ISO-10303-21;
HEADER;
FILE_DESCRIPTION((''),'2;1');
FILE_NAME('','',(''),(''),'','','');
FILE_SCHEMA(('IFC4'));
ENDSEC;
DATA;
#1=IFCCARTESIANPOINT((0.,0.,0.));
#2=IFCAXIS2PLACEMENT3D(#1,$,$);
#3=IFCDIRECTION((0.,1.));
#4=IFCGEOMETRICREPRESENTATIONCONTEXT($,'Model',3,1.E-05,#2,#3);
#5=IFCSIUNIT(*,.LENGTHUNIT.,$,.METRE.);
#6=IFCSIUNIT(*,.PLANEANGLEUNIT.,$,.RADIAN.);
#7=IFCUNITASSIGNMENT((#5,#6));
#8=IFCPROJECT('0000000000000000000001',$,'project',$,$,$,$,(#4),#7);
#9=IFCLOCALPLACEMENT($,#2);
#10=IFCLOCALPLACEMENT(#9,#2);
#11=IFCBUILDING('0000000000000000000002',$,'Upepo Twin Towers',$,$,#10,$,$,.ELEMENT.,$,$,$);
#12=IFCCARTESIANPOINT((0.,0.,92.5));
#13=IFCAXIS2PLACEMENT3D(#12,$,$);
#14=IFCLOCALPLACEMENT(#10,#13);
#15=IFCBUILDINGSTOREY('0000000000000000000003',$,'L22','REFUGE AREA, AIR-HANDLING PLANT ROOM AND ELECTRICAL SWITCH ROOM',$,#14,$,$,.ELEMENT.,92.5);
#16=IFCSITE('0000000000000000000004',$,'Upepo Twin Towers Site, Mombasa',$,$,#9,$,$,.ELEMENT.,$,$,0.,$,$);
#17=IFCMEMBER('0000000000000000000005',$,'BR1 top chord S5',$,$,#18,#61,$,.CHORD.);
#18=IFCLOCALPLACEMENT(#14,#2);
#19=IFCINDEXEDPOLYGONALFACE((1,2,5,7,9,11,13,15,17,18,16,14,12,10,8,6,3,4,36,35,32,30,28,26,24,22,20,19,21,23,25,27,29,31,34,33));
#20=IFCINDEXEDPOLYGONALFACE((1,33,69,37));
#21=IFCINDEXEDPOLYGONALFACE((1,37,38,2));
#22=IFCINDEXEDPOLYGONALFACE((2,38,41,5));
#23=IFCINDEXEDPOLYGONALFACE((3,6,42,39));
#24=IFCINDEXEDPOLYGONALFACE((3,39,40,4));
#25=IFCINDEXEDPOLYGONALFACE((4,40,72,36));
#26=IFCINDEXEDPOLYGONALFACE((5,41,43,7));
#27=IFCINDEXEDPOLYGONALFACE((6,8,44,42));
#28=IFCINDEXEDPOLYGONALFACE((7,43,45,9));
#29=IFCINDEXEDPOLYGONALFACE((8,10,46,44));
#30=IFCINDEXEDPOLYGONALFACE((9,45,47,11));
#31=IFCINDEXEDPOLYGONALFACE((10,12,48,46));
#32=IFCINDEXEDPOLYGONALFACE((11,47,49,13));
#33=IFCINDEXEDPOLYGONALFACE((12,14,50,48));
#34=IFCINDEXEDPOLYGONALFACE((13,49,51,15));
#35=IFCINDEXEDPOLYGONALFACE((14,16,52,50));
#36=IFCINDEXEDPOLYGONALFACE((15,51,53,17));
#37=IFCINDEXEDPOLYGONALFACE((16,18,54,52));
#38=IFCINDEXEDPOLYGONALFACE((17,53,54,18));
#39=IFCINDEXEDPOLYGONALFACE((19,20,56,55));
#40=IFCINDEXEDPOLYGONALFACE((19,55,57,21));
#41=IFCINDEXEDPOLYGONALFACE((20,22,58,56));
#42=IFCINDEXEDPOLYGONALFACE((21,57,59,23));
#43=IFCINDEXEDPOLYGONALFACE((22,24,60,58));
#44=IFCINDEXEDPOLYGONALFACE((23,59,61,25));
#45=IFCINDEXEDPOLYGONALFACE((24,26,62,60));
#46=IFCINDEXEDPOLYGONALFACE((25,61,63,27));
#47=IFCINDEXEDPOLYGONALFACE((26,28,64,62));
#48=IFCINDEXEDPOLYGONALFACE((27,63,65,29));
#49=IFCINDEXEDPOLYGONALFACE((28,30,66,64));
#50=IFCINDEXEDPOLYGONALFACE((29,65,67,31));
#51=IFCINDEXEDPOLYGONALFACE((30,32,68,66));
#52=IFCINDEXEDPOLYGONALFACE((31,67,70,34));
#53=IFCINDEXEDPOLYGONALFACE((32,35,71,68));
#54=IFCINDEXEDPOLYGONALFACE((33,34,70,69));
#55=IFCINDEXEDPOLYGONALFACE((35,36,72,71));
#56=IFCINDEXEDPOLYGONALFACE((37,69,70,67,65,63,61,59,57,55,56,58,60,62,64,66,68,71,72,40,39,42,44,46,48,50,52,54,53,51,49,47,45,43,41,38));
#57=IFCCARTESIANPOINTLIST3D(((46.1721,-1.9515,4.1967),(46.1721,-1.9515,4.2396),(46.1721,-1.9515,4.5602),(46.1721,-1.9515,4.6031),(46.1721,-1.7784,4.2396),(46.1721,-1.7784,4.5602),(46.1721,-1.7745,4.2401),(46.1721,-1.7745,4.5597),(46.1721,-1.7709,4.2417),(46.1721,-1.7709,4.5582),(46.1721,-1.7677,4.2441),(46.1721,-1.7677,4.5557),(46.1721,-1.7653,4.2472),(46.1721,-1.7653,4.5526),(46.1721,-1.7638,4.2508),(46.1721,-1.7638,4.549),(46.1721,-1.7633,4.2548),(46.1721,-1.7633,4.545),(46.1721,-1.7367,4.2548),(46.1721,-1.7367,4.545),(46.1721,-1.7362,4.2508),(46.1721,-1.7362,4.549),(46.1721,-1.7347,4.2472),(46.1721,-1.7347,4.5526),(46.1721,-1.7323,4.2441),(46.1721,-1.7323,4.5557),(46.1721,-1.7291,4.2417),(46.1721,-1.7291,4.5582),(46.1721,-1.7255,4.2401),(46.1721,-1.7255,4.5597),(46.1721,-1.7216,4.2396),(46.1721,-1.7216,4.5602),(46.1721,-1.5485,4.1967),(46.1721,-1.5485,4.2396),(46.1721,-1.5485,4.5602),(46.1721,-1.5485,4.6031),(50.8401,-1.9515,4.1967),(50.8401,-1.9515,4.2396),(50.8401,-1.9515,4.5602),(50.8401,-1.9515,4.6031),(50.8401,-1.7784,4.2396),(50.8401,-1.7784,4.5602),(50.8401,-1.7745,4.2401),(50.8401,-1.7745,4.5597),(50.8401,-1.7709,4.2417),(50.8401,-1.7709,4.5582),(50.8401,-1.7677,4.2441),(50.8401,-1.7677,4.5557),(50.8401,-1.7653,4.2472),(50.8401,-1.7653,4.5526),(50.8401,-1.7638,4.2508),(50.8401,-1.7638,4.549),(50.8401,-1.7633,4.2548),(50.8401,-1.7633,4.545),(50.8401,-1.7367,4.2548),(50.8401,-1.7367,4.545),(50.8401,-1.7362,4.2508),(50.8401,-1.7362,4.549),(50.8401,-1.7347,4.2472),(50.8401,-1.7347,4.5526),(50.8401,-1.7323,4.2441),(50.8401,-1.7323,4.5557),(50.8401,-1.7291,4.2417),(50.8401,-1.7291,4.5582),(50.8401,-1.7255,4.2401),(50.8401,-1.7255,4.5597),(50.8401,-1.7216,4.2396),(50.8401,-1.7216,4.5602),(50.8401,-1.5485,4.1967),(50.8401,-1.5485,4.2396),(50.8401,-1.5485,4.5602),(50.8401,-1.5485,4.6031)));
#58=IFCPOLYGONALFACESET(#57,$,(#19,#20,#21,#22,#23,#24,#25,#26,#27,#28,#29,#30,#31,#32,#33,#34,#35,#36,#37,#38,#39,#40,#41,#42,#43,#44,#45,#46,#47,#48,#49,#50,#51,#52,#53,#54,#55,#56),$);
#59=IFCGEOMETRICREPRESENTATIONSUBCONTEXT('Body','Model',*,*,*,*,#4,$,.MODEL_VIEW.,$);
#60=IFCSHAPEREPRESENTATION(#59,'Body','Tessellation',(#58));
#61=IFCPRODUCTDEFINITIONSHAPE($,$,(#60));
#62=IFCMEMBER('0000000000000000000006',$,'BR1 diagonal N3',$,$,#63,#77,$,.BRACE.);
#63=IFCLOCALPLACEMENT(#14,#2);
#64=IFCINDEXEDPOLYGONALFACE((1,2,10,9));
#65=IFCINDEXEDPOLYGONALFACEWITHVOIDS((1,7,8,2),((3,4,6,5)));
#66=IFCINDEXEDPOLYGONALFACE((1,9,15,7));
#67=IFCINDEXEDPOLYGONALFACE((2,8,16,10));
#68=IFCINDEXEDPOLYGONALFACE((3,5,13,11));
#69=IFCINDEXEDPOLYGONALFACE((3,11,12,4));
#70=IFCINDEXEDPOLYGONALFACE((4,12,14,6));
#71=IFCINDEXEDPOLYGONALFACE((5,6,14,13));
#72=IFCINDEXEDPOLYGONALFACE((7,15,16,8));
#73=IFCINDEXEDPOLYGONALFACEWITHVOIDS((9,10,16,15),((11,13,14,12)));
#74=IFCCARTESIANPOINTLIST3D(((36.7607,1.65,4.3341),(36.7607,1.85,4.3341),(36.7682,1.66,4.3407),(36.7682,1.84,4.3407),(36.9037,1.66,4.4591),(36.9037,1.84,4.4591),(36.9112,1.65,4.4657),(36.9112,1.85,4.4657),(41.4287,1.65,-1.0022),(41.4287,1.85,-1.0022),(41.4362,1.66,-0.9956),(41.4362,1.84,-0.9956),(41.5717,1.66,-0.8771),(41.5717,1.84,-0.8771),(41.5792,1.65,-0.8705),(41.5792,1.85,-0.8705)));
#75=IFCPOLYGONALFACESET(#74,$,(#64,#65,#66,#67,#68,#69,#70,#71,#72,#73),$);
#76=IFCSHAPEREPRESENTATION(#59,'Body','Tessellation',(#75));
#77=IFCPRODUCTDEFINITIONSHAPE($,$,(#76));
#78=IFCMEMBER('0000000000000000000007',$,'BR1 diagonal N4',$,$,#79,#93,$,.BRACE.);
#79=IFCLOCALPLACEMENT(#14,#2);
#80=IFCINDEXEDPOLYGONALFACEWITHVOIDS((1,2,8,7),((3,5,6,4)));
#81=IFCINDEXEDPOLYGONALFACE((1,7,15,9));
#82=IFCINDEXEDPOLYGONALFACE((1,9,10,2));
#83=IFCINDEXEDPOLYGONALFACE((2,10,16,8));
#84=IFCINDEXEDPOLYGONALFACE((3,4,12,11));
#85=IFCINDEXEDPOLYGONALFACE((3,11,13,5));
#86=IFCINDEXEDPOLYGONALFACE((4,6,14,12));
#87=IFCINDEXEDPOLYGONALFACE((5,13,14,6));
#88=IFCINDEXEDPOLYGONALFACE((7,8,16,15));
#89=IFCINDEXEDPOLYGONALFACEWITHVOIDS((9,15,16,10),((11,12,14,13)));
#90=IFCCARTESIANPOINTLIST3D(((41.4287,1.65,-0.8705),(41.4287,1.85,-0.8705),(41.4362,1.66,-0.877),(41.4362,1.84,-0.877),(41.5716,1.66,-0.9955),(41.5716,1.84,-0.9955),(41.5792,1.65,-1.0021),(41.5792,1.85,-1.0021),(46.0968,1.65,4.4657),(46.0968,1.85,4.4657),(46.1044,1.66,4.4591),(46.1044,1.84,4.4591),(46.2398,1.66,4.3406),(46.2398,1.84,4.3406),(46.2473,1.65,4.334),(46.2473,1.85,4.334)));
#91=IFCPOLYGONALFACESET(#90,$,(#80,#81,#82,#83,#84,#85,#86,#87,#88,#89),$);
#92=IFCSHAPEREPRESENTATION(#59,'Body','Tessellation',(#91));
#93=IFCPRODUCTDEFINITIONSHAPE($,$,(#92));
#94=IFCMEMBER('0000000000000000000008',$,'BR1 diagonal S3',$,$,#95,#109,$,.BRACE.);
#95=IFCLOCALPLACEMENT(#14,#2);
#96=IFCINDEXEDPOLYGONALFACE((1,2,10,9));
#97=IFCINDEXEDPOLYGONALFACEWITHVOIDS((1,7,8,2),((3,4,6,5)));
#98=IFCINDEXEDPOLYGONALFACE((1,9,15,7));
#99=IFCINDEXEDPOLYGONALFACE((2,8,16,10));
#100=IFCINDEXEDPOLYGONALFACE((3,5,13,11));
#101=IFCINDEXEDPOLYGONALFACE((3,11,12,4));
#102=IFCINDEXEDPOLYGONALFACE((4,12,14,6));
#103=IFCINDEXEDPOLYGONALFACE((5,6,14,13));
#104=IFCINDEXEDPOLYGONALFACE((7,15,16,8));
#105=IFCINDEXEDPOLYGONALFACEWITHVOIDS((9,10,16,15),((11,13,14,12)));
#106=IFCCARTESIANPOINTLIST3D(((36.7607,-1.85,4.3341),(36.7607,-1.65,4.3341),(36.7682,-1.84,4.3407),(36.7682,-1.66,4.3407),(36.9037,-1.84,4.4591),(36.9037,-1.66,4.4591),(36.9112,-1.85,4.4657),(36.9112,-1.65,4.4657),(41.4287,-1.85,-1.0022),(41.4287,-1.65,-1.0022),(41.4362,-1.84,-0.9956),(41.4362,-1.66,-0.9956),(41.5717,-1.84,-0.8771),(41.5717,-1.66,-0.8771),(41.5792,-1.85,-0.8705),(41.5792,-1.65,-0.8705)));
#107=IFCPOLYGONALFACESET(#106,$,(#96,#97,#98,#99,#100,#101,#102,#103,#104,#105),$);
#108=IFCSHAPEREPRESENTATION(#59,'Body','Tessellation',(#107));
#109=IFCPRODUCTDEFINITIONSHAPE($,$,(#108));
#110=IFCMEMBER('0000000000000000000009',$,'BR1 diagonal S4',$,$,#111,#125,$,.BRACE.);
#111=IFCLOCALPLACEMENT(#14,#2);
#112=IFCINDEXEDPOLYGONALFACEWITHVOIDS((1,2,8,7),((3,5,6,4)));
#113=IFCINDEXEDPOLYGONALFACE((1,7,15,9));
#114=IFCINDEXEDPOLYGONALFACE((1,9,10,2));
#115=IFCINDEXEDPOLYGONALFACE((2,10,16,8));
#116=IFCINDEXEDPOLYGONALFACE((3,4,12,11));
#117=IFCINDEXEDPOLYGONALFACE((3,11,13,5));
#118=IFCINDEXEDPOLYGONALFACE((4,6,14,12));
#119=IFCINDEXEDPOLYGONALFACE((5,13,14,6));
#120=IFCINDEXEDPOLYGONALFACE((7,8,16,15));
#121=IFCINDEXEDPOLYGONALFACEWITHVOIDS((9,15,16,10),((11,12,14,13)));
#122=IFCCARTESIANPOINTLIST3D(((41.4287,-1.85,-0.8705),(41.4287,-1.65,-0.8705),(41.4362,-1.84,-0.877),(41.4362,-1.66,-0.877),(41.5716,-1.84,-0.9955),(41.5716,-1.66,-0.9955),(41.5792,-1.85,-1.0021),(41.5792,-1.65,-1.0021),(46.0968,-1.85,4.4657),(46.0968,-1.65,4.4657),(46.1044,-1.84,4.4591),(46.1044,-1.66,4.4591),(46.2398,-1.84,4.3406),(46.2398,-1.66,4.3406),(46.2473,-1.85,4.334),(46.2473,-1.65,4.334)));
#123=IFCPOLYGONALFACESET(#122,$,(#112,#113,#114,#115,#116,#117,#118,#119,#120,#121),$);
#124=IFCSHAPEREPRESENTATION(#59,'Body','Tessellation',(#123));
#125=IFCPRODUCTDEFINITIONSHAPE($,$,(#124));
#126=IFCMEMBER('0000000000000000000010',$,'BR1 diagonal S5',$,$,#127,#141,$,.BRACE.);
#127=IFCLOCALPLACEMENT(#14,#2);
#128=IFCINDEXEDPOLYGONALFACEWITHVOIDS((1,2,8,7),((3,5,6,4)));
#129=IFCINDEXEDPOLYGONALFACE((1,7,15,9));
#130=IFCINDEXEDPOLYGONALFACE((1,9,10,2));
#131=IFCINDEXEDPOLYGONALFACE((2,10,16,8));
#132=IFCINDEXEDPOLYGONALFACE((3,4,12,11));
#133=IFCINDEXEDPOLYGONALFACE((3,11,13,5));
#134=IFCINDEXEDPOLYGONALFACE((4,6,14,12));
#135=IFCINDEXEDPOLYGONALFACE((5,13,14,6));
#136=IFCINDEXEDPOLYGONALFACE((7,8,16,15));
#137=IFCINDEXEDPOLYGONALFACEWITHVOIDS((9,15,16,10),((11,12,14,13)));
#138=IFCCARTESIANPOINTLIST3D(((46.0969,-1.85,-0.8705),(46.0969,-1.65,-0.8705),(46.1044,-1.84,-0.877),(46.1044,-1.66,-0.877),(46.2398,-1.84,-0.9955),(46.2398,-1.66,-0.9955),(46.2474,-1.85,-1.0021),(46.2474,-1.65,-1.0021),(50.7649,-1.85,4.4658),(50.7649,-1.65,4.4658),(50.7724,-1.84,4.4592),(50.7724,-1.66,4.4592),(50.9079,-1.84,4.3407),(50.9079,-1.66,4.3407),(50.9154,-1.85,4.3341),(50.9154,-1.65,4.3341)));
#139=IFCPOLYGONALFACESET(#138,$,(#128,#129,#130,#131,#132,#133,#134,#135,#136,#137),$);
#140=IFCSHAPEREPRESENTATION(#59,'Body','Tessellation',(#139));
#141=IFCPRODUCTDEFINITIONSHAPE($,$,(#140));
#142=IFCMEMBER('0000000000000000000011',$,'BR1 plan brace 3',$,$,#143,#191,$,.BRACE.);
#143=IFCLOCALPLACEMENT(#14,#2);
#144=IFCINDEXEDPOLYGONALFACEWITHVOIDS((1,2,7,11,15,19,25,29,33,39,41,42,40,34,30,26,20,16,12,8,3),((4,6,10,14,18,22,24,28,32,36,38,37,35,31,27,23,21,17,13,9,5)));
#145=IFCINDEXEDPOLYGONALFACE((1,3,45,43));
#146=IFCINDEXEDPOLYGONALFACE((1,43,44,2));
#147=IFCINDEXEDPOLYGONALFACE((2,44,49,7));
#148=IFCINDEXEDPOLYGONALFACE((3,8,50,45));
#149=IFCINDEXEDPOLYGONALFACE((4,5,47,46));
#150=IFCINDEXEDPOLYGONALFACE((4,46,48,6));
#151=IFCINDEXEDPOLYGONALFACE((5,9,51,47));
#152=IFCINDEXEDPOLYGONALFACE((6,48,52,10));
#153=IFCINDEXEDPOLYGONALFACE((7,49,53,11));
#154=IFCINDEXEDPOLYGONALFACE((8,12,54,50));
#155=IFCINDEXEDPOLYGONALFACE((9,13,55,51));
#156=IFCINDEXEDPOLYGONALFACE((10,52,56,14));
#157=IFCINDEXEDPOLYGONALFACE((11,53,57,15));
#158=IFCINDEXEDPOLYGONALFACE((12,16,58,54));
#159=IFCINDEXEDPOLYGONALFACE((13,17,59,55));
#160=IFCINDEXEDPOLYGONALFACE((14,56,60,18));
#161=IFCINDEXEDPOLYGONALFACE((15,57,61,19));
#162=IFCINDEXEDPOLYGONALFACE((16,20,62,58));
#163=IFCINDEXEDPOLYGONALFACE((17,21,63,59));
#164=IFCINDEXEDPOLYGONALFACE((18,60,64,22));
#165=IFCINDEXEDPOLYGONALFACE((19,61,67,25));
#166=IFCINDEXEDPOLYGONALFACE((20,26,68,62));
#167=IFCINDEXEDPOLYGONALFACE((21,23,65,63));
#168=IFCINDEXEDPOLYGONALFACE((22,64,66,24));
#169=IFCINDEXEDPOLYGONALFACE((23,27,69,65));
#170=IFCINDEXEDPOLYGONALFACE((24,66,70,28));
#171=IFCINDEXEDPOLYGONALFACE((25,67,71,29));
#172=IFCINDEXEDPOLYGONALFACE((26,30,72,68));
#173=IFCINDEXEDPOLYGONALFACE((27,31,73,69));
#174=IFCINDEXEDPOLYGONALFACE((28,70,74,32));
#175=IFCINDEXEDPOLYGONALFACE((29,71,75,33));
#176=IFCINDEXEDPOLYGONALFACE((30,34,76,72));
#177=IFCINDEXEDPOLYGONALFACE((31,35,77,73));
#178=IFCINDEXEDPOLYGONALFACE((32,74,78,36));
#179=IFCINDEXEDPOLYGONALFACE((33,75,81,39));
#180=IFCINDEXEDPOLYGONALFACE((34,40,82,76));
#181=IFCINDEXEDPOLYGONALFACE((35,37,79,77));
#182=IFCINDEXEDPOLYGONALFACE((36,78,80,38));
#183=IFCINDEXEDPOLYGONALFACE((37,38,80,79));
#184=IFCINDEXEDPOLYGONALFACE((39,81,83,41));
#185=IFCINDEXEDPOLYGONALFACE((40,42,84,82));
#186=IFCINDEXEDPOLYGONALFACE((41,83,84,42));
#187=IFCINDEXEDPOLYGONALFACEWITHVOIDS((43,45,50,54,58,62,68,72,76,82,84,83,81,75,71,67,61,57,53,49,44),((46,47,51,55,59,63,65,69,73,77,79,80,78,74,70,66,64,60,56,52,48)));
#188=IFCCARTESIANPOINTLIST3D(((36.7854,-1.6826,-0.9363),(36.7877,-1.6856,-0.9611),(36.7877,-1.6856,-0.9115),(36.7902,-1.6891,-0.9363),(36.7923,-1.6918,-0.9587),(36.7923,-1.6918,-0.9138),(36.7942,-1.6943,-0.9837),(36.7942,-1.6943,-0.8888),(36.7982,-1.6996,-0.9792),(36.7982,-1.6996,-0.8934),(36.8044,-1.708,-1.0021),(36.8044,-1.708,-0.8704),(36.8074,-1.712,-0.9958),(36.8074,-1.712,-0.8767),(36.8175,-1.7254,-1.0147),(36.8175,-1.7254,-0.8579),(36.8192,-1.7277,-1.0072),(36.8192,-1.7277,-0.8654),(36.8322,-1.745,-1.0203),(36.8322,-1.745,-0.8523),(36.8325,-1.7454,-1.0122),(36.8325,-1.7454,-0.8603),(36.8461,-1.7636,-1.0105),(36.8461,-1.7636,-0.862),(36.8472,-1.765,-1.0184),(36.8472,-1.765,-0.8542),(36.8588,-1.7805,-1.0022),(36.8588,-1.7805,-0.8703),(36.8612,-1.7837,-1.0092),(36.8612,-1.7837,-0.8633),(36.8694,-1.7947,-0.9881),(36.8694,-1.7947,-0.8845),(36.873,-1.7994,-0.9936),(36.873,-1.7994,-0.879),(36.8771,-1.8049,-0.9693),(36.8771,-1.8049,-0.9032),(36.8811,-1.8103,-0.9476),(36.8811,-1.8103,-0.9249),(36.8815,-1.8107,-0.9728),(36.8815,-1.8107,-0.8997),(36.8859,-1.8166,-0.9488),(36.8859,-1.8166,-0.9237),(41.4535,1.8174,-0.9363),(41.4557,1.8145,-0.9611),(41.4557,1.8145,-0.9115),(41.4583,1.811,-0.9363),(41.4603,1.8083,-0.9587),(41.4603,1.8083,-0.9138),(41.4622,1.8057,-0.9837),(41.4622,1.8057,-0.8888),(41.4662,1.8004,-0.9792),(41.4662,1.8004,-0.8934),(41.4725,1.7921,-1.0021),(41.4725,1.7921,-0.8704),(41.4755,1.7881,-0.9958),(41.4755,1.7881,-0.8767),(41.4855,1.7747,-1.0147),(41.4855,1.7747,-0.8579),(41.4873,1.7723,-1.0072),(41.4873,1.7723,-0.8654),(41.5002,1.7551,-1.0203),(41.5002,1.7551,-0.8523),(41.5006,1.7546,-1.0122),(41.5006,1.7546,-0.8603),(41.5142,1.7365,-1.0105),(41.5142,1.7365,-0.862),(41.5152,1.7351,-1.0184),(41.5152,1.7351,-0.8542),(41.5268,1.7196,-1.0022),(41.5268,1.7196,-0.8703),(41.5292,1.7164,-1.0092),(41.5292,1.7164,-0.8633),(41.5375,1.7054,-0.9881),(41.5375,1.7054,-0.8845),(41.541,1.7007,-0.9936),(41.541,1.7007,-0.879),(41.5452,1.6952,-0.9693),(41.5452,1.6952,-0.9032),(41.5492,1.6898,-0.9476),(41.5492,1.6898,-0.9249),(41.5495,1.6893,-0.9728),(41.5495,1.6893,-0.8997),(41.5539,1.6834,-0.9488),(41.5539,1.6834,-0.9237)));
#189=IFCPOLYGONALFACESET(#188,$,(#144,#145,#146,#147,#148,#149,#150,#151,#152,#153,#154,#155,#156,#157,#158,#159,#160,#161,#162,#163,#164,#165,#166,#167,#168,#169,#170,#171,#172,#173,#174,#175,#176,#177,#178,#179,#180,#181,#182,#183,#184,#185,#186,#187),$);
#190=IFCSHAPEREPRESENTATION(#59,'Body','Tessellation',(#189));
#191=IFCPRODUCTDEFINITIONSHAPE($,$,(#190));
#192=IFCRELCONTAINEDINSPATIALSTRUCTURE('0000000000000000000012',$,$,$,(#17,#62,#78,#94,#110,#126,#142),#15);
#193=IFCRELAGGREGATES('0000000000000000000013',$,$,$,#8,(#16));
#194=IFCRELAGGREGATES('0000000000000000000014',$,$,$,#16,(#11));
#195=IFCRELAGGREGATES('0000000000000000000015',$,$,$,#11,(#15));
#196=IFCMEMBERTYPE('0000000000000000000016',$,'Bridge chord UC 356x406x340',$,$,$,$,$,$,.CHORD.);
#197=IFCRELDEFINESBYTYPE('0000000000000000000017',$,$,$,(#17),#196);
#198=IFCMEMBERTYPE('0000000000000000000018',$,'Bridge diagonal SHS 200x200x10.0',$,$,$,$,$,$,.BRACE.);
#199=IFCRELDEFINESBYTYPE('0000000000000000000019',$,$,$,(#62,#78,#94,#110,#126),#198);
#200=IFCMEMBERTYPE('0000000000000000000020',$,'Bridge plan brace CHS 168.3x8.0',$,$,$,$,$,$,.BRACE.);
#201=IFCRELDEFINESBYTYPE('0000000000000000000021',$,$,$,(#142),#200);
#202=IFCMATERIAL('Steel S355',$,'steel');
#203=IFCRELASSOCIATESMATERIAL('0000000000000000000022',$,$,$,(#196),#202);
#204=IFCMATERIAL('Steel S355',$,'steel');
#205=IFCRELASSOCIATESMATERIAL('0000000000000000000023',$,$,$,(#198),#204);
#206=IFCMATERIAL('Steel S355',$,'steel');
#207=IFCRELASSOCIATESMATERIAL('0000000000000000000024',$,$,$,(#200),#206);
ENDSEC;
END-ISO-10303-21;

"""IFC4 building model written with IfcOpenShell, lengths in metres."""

from ifc_helpers import new_model, si_unit, direction, frame, origin, origin_2d, place, context, subcontext, project, spatial, hollow_rectangle, hollow_circle, i_section, extrude, material, material_profile, profile_set, type_object, element, save


model = new_model("IFC4")

# Units and contexts
model_context = context("Model", 3, precision=1e-05, world=origin(), true_north=direction((0.0, 1.0)))
body_context = subcontext(model_context, "Body", "Model", "MODEL_VIEW")
ifc_project = project(units=[si_unit("LENGTHUNIT", "METRE"), si_unit("PLANEANGLEUNIT", "RADIAN")], contexts=[model_context])

# Site, building, storey
site_placement = place(None, origin())
site = spatial("IfcSite", under=ifc_project, at=site_placement, Name="Upepo Twin Towers Site, Mombasa", CompositionType="ELEMENT", RefElevation=0.0)
building_placement = place(site_placement, origin())
building = spatial("IfcBuilding", under=site, at=building_placement, Name="Upepo Twin Towers", CompositionType="ELEMENT")
storey_placement = place(building_placement, frame((0.0, 0.0, 92.5)))
storey = spatial("IfcBuildingStorey", under=building, at=storey_placement, Name="L22", Description="REFUGE AREA, AIR-HANDLING PLANT ROOM AND ELECTRICAL SWITCH ROOM", CompositionType="ELEMENT", Elevation=92.5)

# Members
ifc_material_1 = material(Name="Steel S355", Category="steel")
ifc_material_profile_1 = material_profile(ifc_material_1, i_section(OverallWidth=0.4031, OverallDepth=0.4065, WebThickness=0.0266, FlangeThickness=0.043, FilletRadius=0.0151, at=origin_2d()), Name="UC 356x406x340")
ifc_profile_set_1 = profile_set([ifc_material_profile_1], Name="Steel S355")
member_type_1 = type_object("IfcMemberType", Name="Bridge chord UC 356x406x340", PredefinedType="CHORD", material=ifc_profile_set_1)
member_1_placement = place(storey_placement, frame((46.1721, -1.75, 4.3999), z_axis=(1.0, 0.0, 0.0), x_axis=(0.0, 1.0, 0.0)))
element("IfcMember", 1, at=member_1_placement, inside=storey, type_object=member_type_1, Name="BR1 top chord S5", PredefinedType="CHORD", context=body_context, shape_type="SweptSolid", body=[
    extrude(i_section(OverallWidth=0.4031, OverallDepth=0.4065, WebThickness=0.0266, FlangeThickness=0.043, FilletRadius=0.0151, at=origin_2d()), origin(), (0.0, 0.0, 1.0), 4.668),
])
ifc_material_2 = material(Name="Steel S355", Category="steel")
ifc_material_profile_2 = material_profile(ifc_material_2, hollow_rectangle(XDim=0.2, YDim=0.2, WallThickness=0.01, at=origin_2d()), Name="SHS 200x200x10.0")
ifc_profile_set_2 = profile_set([ifc_material_profile_2], Name="Steel S355")
member_type_2 = type_object("IfcMemberType", Name="Bridge diagonal SHS 200x200x10.0", PredefinedType="BRACE", material=ifc_profile_set_2)
for number, where, z_axis, x_axis, name in (
    (2, (36.8359, 1.75, 4.3999), (0.65841, 0.0, -0.75266), (0.0, 1.0, 0.0), "BR1 diagonal N3"),
    (3, (41.5039, 1.75, -0.9363), (0.658429, 0.0, 0.752643), (0.0, 1.0, 0.0), "BR1 diagonal N4"),
    (4, (36.8359, -1.75, 4.3999), (0.65841, 0.0, -0.75266), (0.0, 1.0, 0.0), "BR1 diagonal S3"),
    (5, (41.5039, -1.75, -0.9363), (0.658429, 0.0, 0.752643), (0.0, 1.0, 0.0), "BR1 diagonal S4"),
    (6, (46.1721, -1.75, -0.9363), (0.65841, 0.0, 0.75266), (0.0, 1.0, 0.0), "BR1 diagonal S5"),
):
    element("IfcMember", number, at=place(storey_placement, frame(where, z_axis=z_axis, x_axis=x_axis)), inside=storey, type_object=member_type_2, Name=name, PredefinedType="BRACE", context=body_context, shape_type="SweptSolid", body=[
        extrude(hollow_rectangle(XDim=0.2, YDim=0.2, WallThickness=0.01, at=origin_2d()), origin(), (0.0, 0.0, 1.0), 7.0898),
    ])
ifc_material_3 = material(Name="Steel S355", Category="steel")
ifc_material_profile_3 = material_profile(ifc_material_3, hollow_circle(Radius=0.0842, WallThickness=0.0081, at=origin_2d()), Name="CHS 168.3x8.0")
ifc_profile_set_3 = profile_set([ifc_material_profile_3], Name="Steel S355")
member_type_3 = type_object("IfcMemberType", Name="Bridge plan brace CHS 168.3x8.0", PredefinedType="BRACE", material=ifc_profile_set_3)
for number, where, z_axis, x_axis, name in (
    (7, (36.8359, -1.75, -0.9363), (0.80008, 0.599893, 0.0), (-0.599893, 0.80008, 0.0), "BR1 plan brace 3"),
):
    element("IfcMember", number, at=place(storey_placement, frame(where, z_axis=z_axis, x_axis=x_axis)), inside=storey, type_object=member_type_3, Name=name, PredefinedType="BRACE", context=body_context, shape_type="SweptSolid", body=[
        extrude(hollow_circle(Radius=0.0842, WallThickness=0.0081, at=origin_2d()), origin(), (0.0, 0.0, 1.0), 5.8345),
    ])

save(model, "model.ifc")
